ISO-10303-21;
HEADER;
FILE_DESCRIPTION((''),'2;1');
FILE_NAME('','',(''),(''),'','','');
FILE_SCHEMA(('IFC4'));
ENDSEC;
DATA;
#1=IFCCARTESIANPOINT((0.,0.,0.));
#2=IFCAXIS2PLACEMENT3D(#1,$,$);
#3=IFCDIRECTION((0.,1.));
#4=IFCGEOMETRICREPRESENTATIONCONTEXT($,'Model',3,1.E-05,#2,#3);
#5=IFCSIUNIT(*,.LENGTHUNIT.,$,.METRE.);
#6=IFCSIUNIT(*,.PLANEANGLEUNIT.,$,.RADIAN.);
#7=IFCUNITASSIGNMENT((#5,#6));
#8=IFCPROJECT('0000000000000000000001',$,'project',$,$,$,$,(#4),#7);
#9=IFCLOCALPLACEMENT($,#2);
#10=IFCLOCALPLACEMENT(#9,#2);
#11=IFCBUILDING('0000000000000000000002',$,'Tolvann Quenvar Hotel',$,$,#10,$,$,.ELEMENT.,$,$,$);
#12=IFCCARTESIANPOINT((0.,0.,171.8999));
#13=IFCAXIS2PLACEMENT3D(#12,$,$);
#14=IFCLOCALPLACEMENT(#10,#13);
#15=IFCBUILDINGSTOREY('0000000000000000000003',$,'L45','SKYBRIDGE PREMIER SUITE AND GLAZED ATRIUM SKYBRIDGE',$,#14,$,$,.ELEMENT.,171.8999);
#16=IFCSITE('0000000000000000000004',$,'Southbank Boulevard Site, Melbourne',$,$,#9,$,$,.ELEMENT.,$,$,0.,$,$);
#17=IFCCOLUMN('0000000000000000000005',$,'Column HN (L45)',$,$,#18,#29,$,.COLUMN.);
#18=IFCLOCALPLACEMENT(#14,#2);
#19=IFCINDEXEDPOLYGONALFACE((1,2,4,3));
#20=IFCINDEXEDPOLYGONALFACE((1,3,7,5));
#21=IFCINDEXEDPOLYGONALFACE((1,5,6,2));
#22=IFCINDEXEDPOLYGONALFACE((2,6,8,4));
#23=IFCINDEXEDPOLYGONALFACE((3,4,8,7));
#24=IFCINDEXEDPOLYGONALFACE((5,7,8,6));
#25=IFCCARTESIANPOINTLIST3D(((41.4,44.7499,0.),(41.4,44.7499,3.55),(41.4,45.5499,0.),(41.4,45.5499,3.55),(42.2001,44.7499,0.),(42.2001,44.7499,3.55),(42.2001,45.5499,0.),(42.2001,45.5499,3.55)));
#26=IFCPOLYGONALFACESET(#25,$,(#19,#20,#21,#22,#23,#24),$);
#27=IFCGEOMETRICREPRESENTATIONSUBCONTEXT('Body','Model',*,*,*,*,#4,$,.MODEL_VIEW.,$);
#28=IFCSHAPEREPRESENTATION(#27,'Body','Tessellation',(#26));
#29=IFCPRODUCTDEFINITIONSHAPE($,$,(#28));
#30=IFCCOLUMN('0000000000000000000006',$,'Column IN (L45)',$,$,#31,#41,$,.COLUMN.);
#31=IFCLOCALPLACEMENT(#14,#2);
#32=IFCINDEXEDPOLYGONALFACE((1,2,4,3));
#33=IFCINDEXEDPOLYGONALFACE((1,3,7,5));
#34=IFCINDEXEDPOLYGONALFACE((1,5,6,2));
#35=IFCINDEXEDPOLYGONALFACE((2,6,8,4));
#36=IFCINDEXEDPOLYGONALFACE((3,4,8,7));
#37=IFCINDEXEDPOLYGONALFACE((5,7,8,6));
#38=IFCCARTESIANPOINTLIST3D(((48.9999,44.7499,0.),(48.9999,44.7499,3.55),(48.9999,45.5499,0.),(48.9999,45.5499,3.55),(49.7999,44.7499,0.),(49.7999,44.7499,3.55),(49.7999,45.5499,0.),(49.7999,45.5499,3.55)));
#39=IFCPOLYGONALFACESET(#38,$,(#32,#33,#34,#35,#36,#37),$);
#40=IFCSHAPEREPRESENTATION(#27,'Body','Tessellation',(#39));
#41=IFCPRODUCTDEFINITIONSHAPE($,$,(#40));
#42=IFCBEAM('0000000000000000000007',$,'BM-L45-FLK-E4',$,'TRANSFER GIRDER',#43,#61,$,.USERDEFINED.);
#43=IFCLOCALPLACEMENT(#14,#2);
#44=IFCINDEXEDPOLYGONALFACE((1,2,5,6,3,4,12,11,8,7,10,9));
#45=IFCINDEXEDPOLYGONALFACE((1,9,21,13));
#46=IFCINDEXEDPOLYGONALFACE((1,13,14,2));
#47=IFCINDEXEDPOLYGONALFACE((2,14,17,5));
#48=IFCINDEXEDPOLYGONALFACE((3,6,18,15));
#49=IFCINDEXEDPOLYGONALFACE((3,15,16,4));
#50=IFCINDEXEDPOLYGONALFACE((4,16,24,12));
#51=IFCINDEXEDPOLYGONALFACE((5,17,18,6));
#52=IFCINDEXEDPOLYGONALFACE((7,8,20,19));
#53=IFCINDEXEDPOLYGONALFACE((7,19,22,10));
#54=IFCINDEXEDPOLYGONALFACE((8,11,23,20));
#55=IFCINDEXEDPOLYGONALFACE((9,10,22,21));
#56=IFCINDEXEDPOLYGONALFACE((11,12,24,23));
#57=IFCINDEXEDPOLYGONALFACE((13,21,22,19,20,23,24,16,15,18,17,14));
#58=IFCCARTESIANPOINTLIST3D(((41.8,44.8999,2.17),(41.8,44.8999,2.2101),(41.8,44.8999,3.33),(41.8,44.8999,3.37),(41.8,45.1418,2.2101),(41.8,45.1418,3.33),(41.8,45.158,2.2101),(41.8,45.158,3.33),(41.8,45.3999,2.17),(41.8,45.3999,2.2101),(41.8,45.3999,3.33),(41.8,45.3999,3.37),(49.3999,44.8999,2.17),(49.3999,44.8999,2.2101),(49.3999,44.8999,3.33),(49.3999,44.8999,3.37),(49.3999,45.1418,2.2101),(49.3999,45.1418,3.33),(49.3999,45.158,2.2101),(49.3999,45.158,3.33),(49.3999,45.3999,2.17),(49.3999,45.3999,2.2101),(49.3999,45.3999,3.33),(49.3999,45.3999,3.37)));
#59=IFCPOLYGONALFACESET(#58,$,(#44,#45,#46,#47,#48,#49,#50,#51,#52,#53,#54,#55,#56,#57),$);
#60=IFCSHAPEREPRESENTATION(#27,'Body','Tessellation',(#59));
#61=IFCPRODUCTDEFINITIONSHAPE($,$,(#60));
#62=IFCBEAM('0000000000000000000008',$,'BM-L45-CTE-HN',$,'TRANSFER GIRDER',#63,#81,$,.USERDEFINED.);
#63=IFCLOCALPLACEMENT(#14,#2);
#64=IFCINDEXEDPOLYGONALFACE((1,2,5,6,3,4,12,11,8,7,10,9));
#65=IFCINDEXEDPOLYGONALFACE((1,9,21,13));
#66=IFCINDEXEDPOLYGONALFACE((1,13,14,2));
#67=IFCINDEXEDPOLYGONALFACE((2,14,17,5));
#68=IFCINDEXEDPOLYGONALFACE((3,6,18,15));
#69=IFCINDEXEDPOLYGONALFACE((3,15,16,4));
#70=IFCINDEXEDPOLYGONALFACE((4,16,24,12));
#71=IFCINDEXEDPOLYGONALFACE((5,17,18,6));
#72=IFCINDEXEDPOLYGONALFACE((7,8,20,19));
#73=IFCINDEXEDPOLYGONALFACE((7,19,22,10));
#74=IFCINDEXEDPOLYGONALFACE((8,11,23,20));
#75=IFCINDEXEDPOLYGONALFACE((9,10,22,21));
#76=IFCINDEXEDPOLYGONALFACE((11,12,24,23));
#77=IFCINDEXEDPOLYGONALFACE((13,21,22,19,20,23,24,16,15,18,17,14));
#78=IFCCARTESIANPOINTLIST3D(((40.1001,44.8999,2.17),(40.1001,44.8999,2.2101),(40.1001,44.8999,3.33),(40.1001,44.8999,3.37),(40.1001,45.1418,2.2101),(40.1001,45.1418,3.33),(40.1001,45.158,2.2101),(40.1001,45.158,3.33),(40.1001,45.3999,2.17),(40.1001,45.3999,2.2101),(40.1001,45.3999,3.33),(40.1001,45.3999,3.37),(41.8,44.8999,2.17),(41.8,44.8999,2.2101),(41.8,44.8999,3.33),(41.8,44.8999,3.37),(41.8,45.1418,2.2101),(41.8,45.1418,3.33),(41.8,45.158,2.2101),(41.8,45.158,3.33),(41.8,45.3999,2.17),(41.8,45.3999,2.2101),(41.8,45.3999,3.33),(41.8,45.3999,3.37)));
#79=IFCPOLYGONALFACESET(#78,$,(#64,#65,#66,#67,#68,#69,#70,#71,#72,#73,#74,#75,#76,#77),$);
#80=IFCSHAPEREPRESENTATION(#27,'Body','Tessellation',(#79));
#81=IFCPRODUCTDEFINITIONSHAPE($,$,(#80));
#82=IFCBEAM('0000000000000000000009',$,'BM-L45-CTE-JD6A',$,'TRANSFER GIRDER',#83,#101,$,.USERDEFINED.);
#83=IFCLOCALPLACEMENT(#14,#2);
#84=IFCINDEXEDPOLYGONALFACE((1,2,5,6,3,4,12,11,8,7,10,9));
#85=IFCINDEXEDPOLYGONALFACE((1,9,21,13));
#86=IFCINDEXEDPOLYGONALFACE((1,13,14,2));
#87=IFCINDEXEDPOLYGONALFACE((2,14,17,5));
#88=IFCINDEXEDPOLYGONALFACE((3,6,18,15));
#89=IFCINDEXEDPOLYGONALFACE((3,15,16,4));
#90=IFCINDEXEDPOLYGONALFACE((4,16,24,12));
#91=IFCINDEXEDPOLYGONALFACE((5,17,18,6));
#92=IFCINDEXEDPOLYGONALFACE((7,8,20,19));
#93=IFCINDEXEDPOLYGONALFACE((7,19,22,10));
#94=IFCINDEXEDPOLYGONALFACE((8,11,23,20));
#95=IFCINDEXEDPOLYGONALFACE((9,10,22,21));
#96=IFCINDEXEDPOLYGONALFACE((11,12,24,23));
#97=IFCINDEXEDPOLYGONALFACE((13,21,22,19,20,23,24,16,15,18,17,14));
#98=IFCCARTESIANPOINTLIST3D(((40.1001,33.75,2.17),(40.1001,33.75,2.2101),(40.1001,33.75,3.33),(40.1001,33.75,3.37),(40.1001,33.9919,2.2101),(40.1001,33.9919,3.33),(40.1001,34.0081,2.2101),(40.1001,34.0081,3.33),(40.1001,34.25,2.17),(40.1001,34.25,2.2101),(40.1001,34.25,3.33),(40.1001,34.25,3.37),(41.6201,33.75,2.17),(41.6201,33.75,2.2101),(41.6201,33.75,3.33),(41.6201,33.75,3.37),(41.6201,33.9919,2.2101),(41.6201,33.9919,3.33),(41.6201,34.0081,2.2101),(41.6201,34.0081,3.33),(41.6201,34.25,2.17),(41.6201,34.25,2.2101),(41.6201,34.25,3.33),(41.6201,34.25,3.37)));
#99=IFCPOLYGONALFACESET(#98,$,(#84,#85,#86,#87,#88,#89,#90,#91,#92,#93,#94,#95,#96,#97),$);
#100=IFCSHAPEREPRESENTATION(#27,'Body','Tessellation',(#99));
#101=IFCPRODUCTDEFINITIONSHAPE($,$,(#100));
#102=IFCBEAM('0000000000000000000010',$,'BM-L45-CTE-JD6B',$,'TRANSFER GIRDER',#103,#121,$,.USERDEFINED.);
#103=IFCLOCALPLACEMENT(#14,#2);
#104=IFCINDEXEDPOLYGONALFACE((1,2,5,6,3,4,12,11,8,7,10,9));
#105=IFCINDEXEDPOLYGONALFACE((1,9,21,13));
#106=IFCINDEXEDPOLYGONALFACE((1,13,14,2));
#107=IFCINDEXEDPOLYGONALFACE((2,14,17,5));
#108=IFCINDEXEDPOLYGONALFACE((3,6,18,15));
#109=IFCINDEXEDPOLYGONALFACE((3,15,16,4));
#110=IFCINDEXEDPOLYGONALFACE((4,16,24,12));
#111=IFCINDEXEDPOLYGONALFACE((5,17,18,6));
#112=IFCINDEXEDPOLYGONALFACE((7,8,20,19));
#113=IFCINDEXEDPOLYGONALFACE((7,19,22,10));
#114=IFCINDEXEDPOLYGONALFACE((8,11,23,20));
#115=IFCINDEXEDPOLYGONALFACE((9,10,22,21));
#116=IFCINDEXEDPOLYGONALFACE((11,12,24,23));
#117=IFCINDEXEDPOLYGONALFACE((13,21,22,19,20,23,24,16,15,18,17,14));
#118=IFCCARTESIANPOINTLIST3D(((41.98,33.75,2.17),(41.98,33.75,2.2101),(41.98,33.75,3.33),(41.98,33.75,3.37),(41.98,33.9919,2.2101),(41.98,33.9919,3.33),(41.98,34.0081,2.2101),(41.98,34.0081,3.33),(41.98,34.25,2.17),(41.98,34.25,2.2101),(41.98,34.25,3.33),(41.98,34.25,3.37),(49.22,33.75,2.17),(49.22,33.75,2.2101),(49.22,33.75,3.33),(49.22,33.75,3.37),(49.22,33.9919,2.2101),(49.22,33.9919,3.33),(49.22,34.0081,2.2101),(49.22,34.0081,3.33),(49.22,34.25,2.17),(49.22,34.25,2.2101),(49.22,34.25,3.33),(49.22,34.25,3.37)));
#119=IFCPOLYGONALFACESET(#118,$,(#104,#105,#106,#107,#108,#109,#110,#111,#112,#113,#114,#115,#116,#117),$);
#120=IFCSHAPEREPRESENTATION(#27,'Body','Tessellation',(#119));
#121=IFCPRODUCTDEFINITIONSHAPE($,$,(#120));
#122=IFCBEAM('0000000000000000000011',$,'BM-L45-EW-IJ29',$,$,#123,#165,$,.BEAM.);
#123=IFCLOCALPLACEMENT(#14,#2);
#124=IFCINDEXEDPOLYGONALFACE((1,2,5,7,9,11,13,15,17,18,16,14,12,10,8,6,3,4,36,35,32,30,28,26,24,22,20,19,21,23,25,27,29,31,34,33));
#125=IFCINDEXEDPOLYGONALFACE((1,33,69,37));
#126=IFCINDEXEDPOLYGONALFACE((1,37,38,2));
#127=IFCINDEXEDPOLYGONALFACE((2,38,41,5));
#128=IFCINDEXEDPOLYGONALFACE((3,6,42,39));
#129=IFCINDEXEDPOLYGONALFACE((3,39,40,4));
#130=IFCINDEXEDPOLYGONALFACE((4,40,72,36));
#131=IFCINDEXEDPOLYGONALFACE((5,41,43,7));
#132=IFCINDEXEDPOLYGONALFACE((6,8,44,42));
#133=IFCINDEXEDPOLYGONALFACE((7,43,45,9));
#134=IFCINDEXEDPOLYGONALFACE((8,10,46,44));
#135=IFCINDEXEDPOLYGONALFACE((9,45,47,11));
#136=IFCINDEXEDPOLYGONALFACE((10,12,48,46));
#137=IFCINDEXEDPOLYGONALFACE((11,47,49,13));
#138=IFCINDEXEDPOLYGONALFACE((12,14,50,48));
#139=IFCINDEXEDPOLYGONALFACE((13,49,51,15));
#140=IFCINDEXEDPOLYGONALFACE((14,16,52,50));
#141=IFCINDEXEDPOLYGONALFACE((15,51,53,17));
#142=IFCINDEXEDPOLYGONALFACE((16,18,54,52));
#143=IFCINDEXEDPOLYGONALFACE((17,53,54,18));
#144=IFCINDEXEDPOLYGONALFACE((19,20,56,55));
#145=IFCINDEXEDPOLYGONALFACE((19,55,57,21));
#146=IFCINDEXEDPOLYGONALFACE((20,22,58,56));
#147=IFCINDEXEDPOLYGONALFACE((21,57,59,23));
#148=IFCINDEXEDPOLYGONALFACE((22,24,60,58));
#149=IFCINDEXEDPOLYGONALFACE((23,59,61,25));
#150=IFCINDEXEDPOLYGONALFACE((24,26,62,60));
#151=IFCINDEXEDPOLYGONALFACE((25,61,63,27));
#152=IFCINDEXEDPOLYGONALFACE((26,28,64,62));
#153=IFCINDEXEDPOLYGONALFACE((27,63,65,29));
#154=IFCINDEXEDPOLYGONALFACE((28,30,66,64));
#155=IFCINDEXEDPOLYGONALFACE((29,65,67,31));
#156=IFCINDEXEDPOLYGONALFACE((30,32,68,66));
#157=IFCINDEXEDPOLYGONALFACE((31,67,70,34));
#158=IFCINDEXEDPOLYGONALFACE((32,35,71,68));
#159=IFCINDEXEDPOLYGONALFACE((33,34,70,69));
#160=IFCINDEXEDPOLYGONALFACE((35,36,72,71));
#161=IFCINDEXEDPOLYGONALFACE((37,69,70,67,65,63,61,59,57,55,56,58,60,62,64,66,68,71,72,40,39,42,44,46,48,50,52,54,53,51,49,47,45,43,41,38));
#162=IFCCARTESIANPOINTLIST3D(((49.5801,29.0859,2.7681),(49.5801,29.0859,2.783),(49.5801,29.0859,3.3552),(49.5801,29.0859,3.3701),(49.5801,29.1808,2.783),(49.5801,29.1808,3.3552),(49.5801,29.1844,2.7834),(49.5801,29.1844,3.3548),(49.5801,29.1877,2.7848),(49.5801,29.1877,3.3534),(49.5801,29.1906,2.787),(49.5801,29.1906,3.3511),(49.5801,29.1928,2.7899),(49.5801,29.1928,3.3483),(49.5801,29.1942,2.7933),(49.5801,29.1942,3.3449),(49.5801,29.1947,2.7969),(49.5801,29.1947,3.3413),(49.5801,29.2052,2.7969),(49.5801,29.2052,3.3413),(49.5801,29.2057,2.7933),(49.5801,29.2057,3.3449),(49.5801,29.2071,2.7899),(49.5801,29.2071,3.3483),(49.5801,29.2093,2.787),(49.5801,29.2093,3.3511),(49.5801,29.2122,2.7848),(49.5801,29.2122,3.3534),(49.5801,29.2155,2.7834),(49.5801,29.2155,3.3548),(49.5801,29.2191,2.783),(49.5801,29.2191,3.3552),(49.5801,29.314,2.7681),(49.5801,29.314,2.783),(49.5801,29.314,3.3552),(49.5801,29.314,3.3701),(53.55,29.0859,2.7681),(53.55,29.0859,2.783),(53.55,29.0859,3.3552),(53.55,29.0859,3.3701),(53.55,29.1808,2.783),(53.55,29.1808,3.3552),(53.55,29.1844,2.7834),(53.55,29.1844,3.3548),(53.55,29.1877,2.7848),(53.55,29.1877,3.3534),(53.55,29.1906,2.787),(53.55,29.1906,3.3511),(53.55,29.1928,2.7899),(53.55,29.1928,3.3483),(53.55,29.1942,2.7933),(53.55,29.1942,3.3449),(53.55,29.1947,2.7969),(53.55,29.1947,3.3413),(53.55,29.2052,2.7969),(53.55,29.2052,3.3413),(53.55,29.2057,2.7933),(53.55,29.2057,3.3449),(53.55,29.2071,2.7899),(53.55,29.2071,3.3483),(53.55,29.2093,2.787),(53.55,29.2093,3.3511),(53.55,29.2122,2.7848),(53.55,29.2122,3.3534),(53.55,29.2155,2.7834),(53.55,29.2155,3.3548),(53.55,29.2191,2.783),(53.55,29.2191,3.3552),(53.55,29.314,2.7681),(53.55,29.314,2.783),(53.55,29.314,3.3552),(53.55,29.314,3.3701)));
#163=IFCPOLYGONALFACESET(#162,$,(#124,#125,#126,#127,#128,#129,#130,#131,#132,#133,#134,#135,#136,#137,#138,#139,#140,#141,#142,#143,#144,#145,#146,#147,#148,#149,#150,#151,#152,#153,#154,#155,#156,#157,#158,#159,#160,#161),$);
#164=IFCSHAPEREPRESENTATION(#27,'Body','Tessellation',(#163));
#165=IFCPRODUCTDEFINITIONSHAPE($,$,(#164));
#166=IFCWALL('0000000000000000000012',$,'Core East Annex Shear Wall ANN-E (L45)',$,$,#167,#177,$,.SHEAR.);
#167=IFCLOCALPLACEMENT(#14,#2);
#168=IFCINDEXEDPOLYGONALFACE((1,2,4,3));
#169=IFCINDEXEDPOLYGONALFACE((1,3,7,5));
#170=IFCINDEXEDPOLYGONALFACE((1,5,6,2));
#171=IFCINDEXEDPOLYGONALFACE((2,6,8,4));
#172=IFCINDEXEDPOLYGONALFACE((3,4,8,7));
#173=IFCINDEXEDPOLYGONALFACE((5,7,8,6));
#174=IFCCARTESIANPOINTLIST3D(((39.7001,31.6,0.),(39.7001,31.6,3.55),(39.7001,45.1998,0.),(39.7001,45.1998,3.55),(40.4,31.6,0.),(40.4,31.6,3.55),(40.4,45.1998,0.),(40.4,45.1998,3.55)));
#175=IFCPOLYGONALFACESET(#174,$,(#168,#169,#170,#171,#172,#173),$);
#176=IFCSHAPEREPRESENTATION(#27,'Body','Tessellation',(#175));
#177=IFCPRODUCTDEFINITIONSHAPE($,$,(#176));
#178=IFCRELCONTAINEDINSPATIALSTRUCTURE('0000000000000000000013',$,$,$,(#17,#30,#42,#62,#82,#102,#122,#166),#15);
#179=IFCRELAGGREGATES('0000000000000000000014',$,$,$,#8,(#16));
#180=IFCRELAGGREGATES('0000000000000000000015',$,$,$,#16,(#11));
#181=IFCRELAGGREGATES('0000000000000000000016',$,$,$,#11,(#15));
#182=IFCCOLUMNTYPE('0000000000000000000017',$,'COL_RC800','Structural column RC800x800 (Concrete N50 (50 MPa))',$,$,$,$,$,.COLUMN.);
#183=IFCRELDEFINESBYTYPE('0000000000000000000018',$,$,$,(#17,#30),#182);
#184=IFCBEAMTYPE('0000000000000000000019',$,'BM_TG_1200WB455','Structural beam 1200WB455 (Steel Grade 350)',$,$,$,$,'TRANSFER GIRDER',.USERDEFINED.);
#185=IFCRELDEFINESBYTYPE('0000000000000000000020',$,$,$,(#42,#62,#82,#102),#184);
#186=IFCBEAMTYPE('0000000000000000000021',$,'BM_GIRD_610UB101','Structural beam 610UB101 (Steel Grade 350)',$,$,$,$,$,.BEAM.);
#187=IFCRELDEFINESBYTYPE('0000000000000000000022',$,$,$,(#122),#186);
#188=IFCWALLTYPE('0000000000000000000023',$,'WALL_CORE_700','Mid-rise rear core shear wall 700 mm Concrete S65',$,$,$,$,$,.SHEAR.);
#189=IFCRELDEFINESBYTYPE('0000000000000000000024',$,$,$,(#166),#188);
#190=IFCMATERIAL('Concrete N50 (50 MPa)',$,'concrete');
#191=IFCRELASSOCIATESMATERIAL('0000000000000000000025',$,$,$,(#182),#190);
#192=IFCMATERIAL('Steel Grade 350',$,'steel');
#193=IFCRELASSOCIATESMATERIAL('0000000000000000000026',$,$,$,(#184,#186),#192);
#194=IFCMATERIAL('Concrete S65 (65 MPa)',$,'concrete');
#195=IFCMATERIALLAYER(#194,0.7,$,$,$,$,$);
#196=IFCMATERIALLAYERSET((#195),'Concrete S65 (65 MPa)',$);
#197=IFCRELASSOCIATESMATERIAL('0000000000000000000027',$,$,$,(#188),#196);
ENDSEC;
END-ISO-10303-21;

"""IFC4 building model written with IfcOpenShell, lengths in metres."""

from ifc_helpers import new_model, si_unit, direction, frame, frame_2d, origin, origin_2d, place, context, subcontext, project, spatial, rectangle, i_section, extrude, source, transform, mapped, material, layer, layer_set, material_profile, profile_set, type_object, type_shapes, element, save


model = new_model("IFC4")

# Units and contexts
model_context = context("Model", 3, precision=1e-05, world=origin(), true_north=direction((0.0, 1.0)))
body_context = subcontext(model_context, "Body", "Model", "MODEL_VIEW")
ifc_project = project(units=[si_unit("LENGTHUNIT", "METRE"), si_unit("PLANEANGLEUNIT", "RADIAN")], contexts=[model_context])

# Site, building, storey
site_placement = place(None, origin())
site = spatial("IfcSite", under=ifc_project, at=site_placement, Name="Southbank Boulevard Site, Melbourne", CompositionType="ELEMENT", RefElevation=0.0)
building_placement = place(site_placement, origin())
building = spatial("IfcBuilding", under=site, at=building_placement, Name="Tolvann Quenvar Hotel", CompositionType="ELEMENT")
storey_placement = place(building_placement, frame((0.0, 0.0, 171.8999)))
storey = spatial("IfcBuildingStorey", under=building, at=storey_placement, Name="L45", Description="SKYBRIDGE PREMIER SUITE AND GLAZED ATRIUM SKYBRIDGE", CompositionType="ELEMENT", Elevation=171.8999)

# Columns
ifc_material_1 = material(Name="Concrete N50 (50 MPa)", Category="concrete")
ifc_material_profile_1 = material_profile(ifc_material_1, rectangle(XDim=0.8, YDim=0.8, at=origin_2d()), Name="RC800x800")
ifc_profile_set_1 = profile_set([ifc_material_profile_1], Name="Concrete N50 (50 MPa)")
column_type = type_object("IfcColumnType", Name="COL_RC800", Description="Structural column RC800x800 (Concrete N50 (50 MPa))", PredefinedType="COLUMN", material=ifc_profile_set_1)
shared_shape_1 = source(origin(), body_context, "Body", "SweptSolid", [
    extrude(rectangle(XDim=0.8, YDim=0.8, at=origin_2d()), origin(), (0.0, 0.0, 1.0), 3.55),
])
type_shapes(column_type, [shared_shape_1])
for number, where, z_axis, x_axis, name in (
    (1, (41.8, 45.1499, 0.0), (0.0, 0.0, 1.0), (1.0, 0.0, 0.0), "Column HN (L45)"),
    (2, (49.3999, 45.1499, 0.0), (0.0, 0.0, 1.0), (1.0, 0.0, 0.0), "Column IN (L45)"),
):
    element("IfcColumn", number, at=place(storey_placement, frame(where, z_axis=z_axis, x_axis=x_axis)), inside=storey, type_object=column_type, Name=name, PredefinedType="COLUMN", context=body_context, shape_type="MappedRepresentation", body=[
        mapped(shared_shape_1, transform((0.0, 0.0, 0.0), x_axis=(1.0, 0.0, 0.0), y_axis=(0.0, 1.0, 0.0), z_axis=(0.0, 0.0, 1.0), scale=1.0)),
    ])

# Beams
ifc_material_2 = material(Name="Steel Grade 350", Category="steel")
ifc_material_profile_2 = material_profile(ifc_material_2, i_section(OverallWidth=0.5, OverallDepth=1.2, WebThickness=0.0161, FlangeThickness=0.04, at=origin_2d()), Name="1200WB455")
ifc_profile_set_2 = profile_set([ifc_material_profile_2], Name="Steel Grade 350")
beam_type_1 = type_object("IfcBeamType", Name="BM_TG_1200WB455", Description="Structural beam 1200WB455 (Steel Grade 350)", ElementType="TRANSFER GIRDER", PredefinedType="USERDEFINED", material=ifc_profile_set_2)
shared_shape_2 = source(origin(), body_context, "Body", "SweptSolid", [
    extrude(i_section(OverallWidth=0.5, OverallDepth=1.2, WebThickness=0.0161, FlangeThickness=0.04, at=origin_2d()), origin(), (0.0, 0.0, 1.0), 7.5999),
])
beam_1_placement = place(storey_placement, frame((49.3999, 45.1499, 2.77), z_axis=(-1.0, 0.0, 0.0), x_axis=(0.0, -1.0, 0.0)))
element("IfcBeam", 3, at=beam_1_placement, inside=storey, type_object=beam_type_1, Name="BM-L45-FLK-E4", ObjectType="TRANSFER GIRDER", PredefinedType="USERDEFINED", context=body_context, shape_type="MappedRepresentation", body=[
    mapped(shared_shape_2, transform((0.0, 0.0, 0.0), x_axis=(1.0, 0.0, 0.0), y_axis=(0.0, 1.0, 0.0), z_axis=(0.0, 0.0, 1.0), scale=1.0)),
])
shared_shape_3 = source(origin(), body_context, "Body", "SweptSolid", [
    extrude(i_section(OverallWidth=0.5, OverallDepth=1.2, WebThickness=0.0161, FlangeThickness=0.04, at=origin_2d()), origin(), (0.0, 0.0, 1.0), 1.7),
])
beam_2_placement = place(storey_placement, frame((40.1001, 45.1499, 2.77), z_axis=(1.0, 0.0, 0.0), x_axis=(0.0, 1.0, 0.0)))
element("IfcBeam", 4, at=beam_2_placement, inside=storey, type_object=beam_type_1, Name="BM-L45-CTE-HN", ObjectType="TRANSFER GIRDER", PredefinedType="USERDEFINED", context=body_context, shape_type="MappedRepresentation", body=[
    mapped(shared_shape_3, transform((0.0, 0.0, 0.0), x_axis=(1.0, 0.0, 0.0), y_axis=(0.0, 1.0, 0.0), z_axis=(0.0, 0.0, 1.0), scale=1.0)),
])
shared_shape_4 = source(origin(), body_context, "Body", "SweptSolid", [
    extrude(i_section(OverallWidth=0.5, OverallDepth=1.2, WebThickness=0.0161, FlangeThickness=0.04, at=origin_2d()), origin(), (0.0, 0.0, 1.0), 1.52),
])
beam_3_placement = place(storey_placement, frame((40.1001, 34.0, 2.77), z_axis=(1.0, 0.0, 0.0), x_axis=(0.0, 1.0, 0.0)))
element("IfcBeam", 5, at=beam_3_placement, inside=storey, type_object=beam_type_1, Name="BM-L45-CTE-JD6A", ObjectType="TRANSFER GIRDER", PredefinedType="USERDEFINED", context=body_context, shape_type="MappedRepresentation", body=[
    mapped(shared_shape_4, transform((0.0, 0.0, 0.0), x_axis=(1.0, 0.0, 0.0), y_axis=(0.0, 1.0, 0.0), z_axis=(0.0, 0.0, 1.0), scale=1.0)),
])
shared_shape_5 = source(origin(), body_context, "Body", "SweptSolid", [
    extrude(i_section(OverallWidth=0.5, OverallDepth=1.2, WebThickness=0.0161, FlangeThickness=0.04, at=origin_2d()), origin(), (0.0, 0.0, 1.0), 7.24),
])
type_shapes(beam_type_1, [shared_shape_2, shared_shape_3, shared_shape_4, shared_shape_5])
beam_4_placement = place(storey_placement, frame((41.98, 34.0, 2.77), z_axis=(1.0, 0.0, 0.0), x_axis=(0.0, 1.0, 0.0)))
element("IfcBeam", 6, at=beam_4_placement, inside=storey, type_object=beam_type_1, Name="BM-L45-CTE-JD6B", ObjectType="TRANSFER GIRDER", PredefinedType="USERDEFINED", context=body_context, shape_type="MappedRepresentation", body=[
    mapped(shared_shape_5, transform((0.0, 0.0, 0.0), x_axis=(1.0, 0.0, 0.0), y_axis=(0.0, 1.0, 0.0), z_axis=(0.0, 0.0, 1.0), scale=1.0)),
])
ifc_material_profile_3 = material_profile(ifc_material_2, i_section(OverallWidth=0.228, OverallDepth=0.6021, WebThickness=0.0105, FlangeThickness=0.0149, FilletRadius=0.0139, at=origin_2d()), Name="610UB101")
ifc_profile_set_3 = profile_set([ifc_material_profile_3], Name="Steel Grade 350")
beam_type_2 = type_object("IfcBeamType", Name="BM_GIRD_610UB101", Description="Structural beam 610UB101 (Steel Grade 350)", PredefinedType="BEAM", material=ifc_profile_set_3)
shared_shape_6 = source(origin(), body_context, "Body", "SweptSolid", [
    extrude(i_section(OverallWidth=0.228, OverallDepth=0.6021, WebThickness=0.0105, FlangeThickness=0.0149, FilletRadius=0.0139, at=origin_2d()), origin(), (0.0, 0.0, 1.0), 3.97),
])
type_shapes(beam_type_2, [shared_shape_6])
beam_5_placement = place(storey_placement, frame((49.5801, 29.2, 3.0691), z_axis=(1.0, 0.0, 0.0), x_axis=(0.0, 1.0, 0.0)))
element("IfcBeam", 7, at=beam_5_placement, inside=storey, type_object=beam_type_2, Name="BM-L45-EW-IJ29", PredefinedType="BEAM", context=body_context, shape_type="MappedRepresentation", body=[
    mapped(shared_shape_6, transform((0.0, 0.0, 0.0), x_axis=(1.0, 0.0, 0.0), y_axis=(0.0, 1.0, 0.0), z_axis=(0.0, 0.0, 1.0), scale=1.0)),
])

# Wall
ifc_material_3 = material(Name="Concrete S65 (65 MPa)", Category="concrete")
ifc_layer_1 = layer(ifc_material_3, 0.7)
ifc_layer_set_1 = layer_set([ifc_layer_1], Name="Concrete S65 (65 MPa)")
wall_type_1 = type_object("IfcWallType", Name="WALL_CORE_700", Description="Mid-rise rear core shear wall 700 mm Concrete S65", PredefinedType="SHEAR", material=ifc_layer_set_1)
wall_1_placement = place(storey_placement, frame((40.05, 31.6001, 0.0), z_axis=(0.0, 0.0, 1.0), x_axis=(0.0, 1.0, 0.0)))
element("IfcWall", 8, at=wall_1_placement, inside=storey, type_object=wall_type_1, Name="Core East Annex Shear Wall ANN-E (L45)", PredefinedType="SHEAR", context=body_context, shape_type="SweptSolid", body=[
    extrude(rectangle(XDim=13.5999, YDim=0.7, at=frame_2d((6.7998, 0.0))), origin(), (0.0, 0.0, 1.0), 3.55),
])

save(model, "model.ifc")
